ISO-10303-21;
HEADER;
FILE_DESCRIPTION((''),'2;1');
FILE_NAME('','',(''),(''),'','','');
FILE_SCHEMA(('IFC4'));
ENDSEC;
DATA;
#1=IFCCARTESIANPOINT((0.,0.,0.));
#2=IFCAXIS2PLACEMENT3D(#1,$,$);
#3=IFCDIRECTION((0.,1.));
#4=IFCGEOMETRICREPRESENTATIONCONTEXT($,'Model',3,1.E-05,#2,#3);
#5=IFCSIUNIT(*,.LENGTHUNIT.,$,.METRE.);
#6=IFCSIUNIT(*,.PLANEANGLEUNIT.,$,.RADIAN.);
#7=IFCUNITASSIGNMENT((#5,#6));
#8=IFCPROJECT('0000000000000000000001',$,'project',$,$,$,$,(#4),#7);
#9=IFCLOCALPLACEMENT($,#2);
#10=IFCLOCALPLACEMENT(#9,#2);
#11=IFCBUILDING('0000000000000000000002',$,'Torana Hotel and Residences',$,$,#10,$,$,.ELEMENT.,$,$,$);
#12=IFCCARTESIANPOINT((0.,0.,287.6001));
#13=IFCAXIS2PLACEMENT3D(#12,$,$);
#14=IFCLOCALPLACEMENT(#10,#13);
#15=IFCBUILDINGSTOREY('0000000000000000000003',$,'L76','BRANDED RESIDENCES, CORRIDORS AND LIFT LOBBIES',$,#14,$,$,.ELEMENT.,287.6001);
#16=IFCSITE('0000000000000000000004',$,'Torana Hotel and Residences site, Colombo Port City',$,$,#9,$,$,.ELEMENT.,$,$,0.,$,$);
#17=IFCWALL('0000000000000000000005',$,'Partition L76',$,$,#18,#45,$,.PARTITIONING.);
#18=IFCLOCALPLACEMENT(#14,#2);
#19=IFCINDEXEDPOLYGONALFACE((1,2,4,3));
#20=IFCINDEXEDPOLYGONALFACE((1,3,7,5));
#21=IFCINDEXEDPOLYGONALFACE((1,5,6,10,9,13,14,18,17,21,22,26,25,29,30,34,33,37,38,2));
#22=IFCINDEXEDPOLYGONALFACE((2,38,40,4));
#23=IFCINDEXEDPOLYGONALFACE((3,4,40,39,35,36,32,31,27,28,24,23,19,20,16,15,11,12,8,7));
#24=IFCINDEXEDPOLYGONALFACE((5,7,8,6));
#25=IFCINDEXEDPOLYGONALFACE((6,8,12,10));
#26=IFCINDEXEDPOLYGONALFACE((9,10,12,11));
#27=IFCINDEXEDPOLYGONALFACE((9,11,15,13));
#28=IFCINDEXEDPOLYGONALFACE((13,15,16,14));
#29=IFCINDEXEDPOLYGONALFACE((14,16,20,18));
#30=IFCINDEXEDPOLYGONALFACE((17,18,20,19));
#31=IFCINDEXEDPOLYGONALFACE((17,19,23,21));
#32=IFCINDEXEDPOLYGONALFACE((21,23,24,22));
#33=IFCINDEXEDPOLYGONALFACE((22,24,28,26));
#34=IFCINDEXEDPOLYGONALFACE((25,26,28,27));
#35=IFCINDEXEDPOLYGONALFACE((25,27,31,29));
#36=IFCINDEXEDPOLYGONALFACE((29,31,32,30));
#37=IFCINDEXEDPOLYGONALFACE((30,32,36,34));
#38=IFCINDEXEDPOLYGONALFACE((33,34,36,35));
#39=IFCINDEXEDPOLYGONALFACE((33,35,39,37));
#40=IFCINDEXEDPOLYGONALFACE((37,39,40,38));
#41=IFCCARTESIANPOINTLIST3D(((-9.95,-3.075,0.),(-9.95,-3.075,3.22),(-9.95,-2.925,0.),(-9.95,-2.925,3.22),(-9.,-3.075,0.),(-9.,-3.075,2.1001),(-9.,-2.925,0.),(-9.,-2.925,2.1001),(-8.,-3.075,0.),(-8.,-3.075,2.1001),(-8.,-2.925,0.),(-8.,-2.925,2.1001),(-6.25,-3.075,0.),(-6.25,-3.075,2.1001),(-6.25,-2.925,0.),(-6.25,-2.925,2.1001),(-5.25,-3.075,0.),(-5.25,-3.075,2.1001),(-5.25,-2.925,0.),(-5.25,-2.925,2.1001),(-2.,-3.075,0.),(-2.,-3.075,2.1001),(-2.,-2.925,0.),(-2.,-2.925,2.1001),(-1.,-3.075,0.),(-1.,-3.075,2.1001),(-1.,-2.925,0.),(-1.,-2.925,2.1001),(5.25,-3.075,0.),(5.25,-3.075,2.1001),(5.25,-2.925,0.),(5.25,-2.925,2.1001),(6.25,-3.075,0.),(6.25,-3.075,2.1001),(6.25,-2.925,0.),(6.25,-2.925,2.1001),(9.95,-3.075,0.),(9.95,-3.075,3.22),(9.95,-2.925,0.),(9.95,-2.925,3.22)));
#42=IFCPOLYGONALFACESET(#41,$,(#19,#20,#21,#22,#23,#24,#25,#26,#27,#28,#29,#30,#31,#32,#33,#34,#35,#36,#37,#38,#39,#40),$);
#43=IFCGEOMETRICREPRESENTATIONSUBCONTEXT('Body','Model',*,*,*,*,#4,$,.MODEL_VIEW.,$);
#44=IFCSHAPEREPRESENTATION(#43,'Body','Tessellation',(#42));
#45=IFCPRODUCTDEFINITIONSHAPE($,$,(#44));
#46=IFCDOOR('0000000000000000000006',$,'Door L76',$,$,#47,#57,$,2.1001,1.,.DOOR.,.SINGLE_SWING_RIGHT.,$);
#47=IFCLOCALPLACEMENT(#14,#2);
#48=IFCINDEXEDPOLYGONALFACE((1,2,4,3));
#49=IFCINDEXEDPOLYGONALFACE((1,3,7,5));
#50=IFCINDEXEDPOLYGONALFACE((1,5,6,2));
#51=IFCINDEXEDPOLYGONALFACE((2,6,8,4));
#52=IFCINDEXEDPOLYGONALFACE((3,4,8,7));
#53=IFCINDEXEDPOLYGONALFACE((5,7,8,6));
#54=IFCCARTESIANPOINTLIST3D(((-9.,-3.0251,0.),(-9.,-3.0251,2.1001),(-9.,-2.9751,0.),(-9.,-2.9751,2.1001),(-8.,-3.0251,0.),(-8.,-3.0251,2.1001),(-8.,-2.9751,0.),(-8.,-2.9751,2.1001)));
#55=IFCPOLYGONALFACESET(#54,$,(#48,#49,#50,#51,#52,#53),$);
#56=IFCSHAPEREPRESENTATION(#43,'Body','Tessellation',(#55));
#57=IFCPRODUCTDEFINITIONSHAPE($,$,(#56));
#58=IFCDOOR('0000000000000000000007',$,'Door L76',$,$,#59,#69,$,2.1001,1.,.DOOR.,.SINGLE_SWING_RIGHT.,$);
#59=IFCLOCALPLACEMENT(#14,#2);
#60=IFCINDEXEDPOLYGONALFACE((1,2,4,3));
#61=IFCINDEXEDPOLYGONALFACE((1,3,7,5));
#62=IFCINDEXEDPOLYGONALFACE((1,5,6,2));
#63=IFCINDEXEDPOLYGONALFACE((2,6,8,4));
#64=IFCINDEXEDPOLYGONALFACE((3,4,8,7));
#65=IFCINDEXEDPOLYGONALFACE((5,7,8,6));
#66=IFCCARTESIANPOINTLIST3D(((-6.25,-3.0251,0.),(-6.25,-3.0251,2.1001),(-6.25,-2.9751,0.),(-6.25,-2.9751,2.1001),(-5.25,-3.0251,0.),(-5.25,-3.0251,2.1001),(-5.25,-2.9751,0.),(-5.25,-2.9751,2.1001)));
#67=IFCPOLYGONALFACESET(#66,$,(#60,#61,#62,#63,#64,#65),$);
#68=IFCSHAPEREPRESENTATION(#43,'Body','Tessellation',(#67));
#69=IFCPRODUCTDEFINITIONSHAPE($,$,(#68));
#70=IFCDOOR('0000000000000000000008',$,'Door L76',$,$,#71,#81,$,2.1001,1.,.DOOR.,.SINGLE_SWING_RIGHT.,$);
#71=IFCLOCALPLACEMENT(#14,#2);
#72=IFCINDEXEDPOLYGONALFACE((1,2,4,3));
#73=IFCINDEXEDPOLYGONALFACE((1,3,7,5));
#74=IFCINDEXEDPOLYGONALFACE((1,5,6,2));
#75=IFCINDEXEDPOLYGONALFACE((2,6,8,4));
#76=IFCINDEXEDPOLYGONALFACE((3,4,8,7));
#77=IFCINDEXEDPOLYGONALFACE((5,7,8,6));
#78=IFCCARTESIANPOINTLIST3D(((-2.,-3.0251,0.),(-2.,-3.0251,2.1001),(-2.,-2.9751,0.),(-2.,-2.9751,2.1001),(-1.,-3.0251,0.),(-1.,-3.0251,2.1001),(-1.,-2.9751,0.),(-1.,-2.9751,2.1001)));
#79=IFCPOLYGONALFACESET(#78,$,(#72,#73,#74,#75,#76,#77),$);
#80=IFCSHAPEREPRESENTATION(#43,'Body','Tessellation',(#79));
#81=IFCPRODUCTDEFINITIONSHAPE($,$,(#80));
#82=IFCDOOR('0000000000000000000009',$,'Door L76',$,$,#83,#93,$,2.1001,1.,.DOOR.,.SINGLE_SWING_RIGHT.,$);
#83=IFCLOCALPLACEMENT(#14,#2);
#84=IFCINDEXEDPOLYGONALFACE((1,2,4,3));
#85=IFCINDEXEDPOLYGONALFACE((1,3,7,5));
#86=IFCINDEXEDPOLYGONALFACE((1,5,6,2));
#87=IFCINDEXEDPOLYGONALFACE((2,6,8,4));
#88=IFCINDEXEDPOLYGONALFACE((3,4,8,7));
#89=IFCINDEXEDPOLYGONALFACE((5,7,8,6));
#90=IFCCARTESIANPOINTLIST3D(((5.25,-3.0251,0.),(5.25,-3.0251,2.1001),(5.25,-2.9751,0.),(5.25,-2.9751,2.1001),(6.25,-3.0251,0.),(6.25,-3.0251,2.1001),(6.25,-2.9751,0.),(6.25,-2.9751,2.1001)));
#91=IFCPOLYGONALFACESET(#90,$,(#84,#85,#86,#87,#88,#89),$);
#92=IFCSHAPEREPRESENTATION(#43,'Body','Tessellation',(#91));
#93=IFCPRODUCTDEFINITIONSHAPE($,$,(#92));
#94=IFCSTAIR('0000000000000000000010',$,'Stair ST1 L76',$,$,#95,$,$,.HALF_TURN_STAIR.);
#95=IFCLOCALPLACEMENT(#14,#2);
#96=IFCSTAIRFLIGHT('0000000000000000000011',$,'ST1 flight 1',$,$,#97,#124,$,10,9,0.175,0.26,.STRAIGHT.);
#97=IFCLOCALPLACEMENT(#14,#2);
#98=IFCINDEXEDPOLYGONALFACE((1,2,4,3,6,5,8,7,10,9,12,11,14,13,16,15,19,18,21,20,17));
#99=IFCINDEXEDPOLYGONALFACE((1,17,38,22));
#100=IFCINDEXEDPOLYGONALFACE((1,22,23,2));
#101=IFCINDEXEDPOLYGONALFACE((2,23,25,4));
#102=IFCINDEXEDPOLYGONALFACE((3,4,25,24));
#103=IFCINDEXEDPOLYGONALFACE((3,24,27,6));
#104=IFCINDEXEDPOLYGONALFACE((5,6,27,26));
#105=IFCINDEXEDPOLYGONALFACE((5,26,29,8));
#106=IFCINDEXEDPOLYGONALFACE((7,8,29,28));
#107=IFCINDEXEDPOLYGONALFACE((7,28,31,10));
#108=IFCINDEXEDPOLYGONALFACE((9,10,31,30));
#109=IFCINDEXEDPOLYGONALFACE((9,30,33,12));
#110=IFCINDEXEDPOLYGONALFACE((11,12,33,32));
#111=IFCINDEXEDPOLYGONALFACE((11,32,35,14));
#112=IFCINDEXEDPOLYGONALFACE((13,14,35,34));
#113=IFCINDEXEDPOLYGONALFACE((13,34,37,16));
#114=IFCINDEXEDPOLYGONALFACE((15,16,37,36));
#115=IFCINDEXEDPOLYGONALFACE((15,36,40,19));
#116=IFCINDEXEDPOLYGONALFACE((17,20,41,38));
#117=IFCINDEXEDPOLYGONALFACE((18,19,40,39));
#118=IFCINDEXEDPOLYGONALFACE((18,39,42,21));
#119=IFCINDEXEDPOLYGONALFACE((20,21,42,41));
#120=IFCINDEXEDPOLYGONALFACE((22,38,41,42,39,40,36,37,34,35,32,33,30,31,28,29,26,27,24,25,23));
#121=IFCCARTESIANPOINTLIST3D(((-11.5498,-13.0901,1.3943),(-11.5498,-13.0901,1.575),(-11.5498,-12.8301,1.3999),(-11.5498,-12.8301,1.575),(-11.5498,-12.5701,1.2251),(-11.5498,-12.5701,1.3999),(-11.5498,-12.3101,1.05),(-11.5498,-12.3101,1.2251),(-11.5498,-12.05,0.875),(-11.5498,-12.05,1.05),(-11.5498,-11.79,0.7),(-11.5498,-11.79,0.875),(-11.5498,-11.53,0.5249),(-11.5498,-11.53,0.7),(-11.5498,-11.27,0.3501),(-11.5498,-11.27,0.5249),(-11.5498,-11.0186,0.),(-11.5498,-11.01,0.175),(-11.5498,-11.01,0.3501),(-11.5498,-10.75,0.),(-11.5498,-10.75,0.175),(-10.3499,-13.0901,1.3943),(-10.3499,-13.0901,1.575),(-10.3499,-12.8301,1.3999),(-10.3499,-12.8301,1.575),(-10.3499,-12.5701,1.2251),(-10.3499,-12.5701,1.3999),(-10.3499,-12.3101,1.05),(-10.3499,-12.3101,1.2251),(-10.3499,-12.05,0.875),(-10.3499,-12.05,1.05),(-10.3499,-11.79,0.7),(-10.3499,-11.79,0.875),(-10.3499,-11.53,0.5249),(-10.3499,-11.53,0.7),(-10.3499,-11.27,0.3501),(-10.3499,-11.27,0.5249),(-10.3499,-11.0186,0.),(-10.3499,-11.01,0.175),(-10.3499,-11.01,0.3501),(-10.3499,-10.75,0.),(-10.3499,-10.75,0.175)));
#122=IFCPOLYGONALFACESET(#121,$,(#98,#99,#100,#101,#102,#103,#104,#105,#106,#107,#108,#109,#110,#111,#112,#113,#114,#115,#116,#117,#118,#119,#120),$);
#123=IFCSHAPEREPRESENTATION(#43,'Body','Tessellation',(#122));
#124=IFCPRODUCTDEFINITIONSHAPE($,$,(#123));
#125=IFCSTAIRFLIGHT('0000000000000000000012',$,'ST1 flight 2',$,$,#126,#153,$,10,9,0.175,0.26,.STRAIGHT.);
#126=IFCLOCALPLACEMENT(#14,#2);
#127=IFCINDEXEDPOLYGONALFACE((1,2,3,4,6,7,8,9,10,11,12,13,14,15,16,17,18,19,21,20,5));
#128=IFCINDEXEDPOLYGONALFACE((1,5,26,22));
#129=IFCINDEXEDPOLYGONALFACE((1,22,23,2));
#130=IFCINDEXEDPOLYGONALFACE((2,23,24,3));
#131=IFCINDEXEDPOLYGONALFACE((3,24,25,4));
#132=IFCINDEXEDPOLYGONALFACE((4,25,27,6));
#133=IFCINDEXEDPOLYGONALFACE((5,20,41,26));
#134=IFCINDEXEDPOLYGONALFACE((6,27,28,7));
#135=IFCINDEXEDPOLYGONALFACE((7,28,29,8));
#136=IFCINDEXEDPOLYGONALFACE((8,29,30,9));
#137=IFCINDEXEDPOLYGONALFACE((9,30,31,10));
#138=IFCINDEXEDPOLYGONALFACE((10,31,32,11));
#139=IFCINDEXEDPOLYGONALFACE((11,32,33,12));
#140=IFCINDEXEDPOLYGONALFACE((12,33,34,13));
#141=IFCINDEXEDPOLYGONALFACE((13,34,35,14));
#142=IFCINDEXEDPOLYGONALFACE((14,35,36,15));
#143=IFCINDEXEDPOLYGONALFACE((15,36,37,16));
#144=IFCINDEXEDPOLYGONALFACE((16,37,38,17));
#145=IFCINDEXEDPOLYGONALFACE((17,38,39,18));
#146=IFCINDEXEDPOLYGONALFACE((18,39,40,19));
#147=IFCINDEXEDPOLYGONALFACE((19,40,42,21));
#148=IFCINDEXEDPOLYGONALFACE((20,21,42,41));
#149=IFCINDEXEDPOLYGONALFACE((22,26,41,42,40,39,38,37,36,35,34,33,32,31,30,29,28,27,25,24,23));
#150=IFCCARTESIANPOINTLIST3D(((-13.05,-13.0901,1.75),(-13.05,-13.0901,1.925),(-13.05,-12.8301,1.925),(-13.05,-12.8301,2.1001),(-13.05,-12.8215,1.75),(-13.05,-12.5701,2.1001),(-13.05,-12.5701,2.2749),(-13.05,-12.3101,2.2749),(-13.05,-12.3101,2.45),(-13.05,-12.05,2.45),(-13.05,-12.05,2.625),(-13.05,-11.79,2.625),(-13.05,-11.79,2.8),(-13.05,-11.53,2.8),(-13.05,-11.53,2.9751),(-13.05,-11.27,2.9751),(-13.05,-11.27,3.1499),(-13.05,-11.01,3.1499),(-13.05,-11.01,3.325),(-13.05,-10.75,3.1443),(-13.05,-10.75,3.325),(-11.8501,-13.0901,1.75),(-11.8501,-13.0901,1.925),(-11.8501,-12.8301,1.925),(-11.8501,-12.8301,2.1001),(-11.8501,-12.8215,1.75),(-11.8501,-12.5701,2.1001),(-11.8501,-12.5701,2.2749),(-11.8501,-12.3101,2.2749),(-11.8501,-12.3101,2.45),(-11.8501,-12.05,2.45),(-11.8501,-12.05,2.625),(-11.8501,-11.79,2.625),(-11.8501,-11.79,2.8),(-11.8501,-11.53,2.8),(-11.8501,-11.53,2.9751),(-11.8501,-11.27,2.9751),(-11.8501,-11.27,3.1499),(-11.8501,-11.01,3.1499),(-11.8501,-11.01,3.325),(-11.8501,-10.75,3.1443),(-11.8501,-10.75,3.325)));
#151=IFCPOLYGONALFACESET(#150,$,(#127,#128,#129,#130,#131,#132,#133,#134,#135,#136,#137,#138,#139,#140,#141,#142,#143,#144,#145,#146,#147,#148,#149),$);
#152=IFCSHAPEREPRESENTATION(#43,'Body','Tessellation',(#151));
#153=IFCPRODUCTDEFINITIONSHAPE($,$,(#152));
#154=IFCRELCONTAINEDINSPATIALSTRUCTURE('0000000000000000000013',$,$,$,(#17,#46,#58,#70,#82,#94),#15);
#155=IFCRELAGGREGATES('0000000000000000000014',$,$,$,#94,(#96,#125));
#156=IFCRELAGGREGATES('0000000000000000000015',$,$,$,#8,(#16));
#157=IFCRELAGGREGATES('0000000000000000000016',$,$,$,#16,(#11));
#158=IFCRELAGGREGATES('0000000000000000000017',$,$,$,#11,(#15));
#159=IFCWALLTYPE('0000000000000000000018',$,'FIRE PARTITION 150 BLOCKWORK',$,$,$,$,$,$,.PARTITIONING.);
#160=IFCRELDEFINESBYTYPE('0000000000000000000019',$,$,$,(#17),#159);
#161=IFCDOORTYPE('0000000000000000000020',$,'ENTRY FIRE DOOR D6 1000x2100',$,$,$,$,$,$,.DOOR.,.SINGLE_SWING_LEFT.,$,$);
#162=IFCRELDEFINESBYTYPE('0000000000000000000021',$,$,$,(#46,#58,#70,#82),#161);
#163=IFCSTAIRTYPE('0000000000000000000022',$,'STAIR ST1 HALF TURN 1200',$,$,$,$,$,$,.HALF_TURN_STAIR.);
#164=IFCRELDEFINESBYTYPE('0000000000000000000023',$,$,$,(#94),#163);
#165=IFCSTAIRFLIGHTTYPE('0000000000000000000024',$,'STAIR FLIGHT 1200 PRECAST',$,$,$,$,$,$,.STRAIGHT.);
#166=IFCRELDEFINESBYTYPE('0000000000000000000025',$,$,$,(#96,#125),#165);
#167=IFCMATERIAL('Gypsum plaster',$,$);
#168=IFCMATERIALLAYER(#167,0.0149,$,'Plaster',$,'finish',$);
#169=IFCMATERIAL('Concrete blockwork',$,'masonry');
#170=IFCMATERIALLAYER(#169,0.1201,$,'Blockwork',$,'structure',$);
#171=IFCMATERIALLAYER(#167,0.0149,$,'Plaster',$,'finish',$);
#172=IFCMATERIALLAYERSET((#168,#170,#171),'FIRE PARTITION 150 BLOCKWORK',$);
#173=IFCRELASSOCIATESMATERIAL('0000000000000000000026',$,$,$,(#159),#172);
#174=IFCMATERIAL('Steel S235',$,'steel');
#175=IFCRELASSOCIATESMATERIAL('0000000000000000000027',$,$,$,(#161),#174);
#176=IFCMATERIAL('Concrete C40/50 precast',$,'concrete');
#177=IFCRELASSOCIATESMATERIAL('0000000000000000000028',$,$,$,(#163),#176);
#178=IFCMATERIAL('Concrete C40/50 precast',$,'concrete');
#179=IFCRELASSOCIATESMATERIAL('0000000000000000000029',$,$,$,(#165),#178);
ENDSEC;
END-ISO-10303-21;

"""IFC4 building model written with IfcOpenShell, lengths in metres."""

from ifc_helpers import new_model, si_unit, direction, frame, frame_2d, origin, place, context, subcontext, project, spatial, polyline, rectangle, outline, extrude, material, layer, layer_set, type_object, element, fill, aggregate, save


model = new_model("IFC4")

# Units and contexts
model_context = context("Model", 3, precision=1e-05, world=origin(), true_north=direction((0.0, 1.0)))
body_context = subcontext(model_context, "Body", "Model", "MODEL_VIEW")
ifc_project = project(units=[si_unit("LENGTHUNIT", "METRE"), si_unit("PLANEANGLEUNIT", "RADIAN")], contexts=[model_context])

# Site, building, storey
site_placement = place(None, origin())
site = spatial("IfcSite", under=ifc_project, at=site_placement, Name="Torana Hotel and Residences site, Colombo Port City", CompositionType="ELEMENT", RefElevation=0.0)
building_placement = place(site_placement, origin())
building = spatial("IfcBuilding", under=site, at=building_placement, Name="Torana Hotel and Residences", CompositionType="ELEMENT")
storey_placement = place(building_placement, frame((0.0, 0.0, 287.6001)))
storey = spatial("IfcBuildingStorey", under=building, at=storey_placement, Name="L76", Description="BRANDED RESIDENCES, CORRIDORS AND LIFT LOBBIES", CompositionType="ELEMENT", Elevation=287.6001)

# Shared definitions
ifc_material_1 = material(Name="Gypsum plaster")
ifc_layer_1 = layer(ifc_material_1, 0.0149, Name="Plaster", Category="finish")
ifc_material_2 = material(Name="Concrete blockwork", Category="masonry")
ifc_layer_2 = layer(ifc_material_2, 0.1201, Name="Blockwork", Category="structure")
ifc_layer_3 = layer(ifc_material_1, 0.0149, Name="Plaster", Category="finish")
ifc_layer_set_1 = layer_set([ifc_layer_1, ifc_layer_2, ifc_layer_3], Name="FIRE PARTITION 150 BLOCKWORK")
wall_type_1 = type_object("IfcWallType", Name="FIRE PARTITION 150 BLOCKWORK", PredefinedType="PARTITIONING", material=ifc_layer_set_1)

# Wall, openings, doors
ifc_material_3 = material(Name="Steel S235", Category="steel")
door_type_1 = type_object("IfcDoorType", Name="ENTRY FIRE DOOR D6 1000x2100", OperationType="SINGLE_SWING_LEFT", PredefinedType="DOOR", material=ifc_material_3)
wall_1_placement = place(storey_placement, frame((-9.95, -3.0, 0.0), z_axis=(0.0, 0.0, 1.0), x_axis=(1.0, 0.0, 0.0)))
wall_1 = element("IfcWall", 1, at=wall_1_placement, inside=storey, type_object=wall_type_1, Name="Partition L76", PredefinedType="PARTITIONING", context=body_context, shape_type="SweptSolid", body=[
    extrude(rectangle(XDim=19.8999, YDim=0.1499, at=frame_2d((9.95, 0.0))), origin(), (0.0, 0.0, 1.0), 3.22),
])
opening_1_placement = place(wall_1_placement, frame((0.95, 0.0, 0.0)))
opening_1 = element("IfcOpeningElement", 2, at=opening_1_placement, cuts=wall_1, PredefinedType="OPENING", context=body_context, shape_type="SweptSolid", body=[
    extrude(rectangle(XDim=1.0, YDim=2.1001, at=frame_2d((0.5, 1.05))), frame((0.0, 0.085, 0.0), z_axis=(0.0, -1.0, 0.0), x_axis=(1.0, 0.0, 0.0)), (0.0, 0.0, 1.0), 0.1699),
])
opening_2_placement = place(wall_1_placement, frame((3.7, 0.0, 0.0)))
opening_2 = element("IfcOpeningElement", 3, at=opening_2_placement, cuts=wall_1, PredefinedType="OPENING", context=body_context, shape_type="SweptSolid", body=[
    extrude(rectangle(XDim=1.0, YDim=2.1001, at=frame_2d((0.5, 1.05))), frame((0.0, 0.085, 0.0), z_axis=(0.0, -1.0, 0.0), x_axis=(1.0, 0.0, 0.0)), (0.0, 0.0, 1.0), 0.1699),
])
opening_3_placement = place(wall_1_placement, frame((7.95, 0.0, 0.0)))
opening_3 = element("IfcOpeningElement", 4, at=opening_3_placement, cuts=wall_1, PredefinedType="OPENING", context=body_context, shape_type="SweptSolid", body=[
    extrude(rectangle(XDim=1.0, YDim=2.1001, at=frame_2d((0.5, 1.05))), frame((0.0, 0.085, 0.0), z_axis=(0.0, -1.0, 0.0), x_axis=(1.0, 0.0, 0.0)), (0.0, 0.0, 1.0), 0.1699),
])
opening_4_placement = place(wall_1_placement, frame((15.2, 0.0, 0.0)))
opening_4 = element("IfcOpeningElement", 5, at=opening_4_placement, cuts=wall_1, PredefinedType="OPENING", context=body_context, shape_type="SweptSolid", body=[
    extrude(rectangle(XDim=1.0, YDim=2.1001, at=frame_2d((0.5, 1.05))), frame((0.0, 0.085, 0.0), z_axis=(0.0, -1.0, 0.0), x_axis=(1.0, 0.0, 0.0)), (0.0, 0.0, 1.0), 0.1699),
])
door_1_placement = place(opening_1_placement, origin())
door_1 = element("IfcDoor", 6, at=door_1_placement, inside=storey, type_object=door_type_1, Name="Door L76", OperationType="SINGLE_SWING_RIGHT", OverallHeight=2.1001, OverallWidth=1.0, PredefinedType="DOOR", context=body_context, shape_type="SweptSolid", body=[
    extrude(rectangle(XDim=1.0, YDim=2.1001, at=frame_2d((0.5, 1.05))), frame((0.0, 0.0249, 0.0), z_axis=(0.0, -1.0, 0.0), x_axis=(1.0, 0.0, 0.0)), (0.0, 0.0, 1.0), 0.05),
])
fill(opening_1, door_1)
door_2_placement = place(opening_2_placement, origin())
door_2 = element("IfcDoor", 7, at=door_2_placement, inside=storey, type_object=door_type_1, Name="Door L76", OperationType="SINGLE_SWING_RIGHT", OverallHeight=2.1001, OverallWidth=1.0, PredefinedType="DOOR", context=body_context, shape_type="SweptSolid", body=[
    extrude(rectangle(XDim=1.0, YDim=2.1001, at=frame_2d((0.5, 1.05))), frame((0.0, 0.0249, 0.0), z_axis=(0.0, -1.0, 0.0), x_axis=(1.0, 0.0, 0.0)), (0.0, 0.0, 1.0), 0.05),
])
fill(opening_2, door_2)
door_3_placement = place(opening_3_placement, origin())
door_3 = element("IfcDoor", 8, at=door_3_placement, inside=storey, type_object=door_type_1, Name="Door L76", OperationType="SINGLE_SWING_RIGHT", OverallHeight=2.1001, OverallWidth=1.0, PredefinedType="DOOR", context=body_context, shape_type="SweptSolid", body=[
    extrude(rectangle(XDim=1.0, YDim=2.1001, at=frame_2d((0.5, 1.05))), frame((0.0, 0.0249, 0.0), z_axis=(0.0, -1.0, 0.0), x_axis=(1.0, 0.0, 0.0)), (0.0, 0.0, 1.0), 0.05),
])
fill(opening_3, door_3)
door_4_placement = place(opening_4_placement, origin())
door_4 = element("IfcDoor", 9, at=door_4_placement, inside=storey, type_object=door_type_1, Name="Door L76", OperationType="SINGLE_SWING_RIGHT", OverallHeight=2.1001, OverallWidth=1.0, PredefinedType="DOOR", context=body_context, shape_type="SweptSolid", body=[
    extrude(rectangle(XDim=1.0, YDim=2.1001, at=frame_2d((0.5, 1.05))), frame((0.0, 0.0249, 0.0), z_axis=(0.0, -1.0, 0.0), x_axis=(1.0, 0.0, 0.0)), (0.0, 0.0, 1.0), 0.05),
])
fill(opening_4, door_4)

# Stair, stair flights
ifc_material_4 = material(Name="Concrete C40/50 precast", Category="concrete")
stair_type = type_object("IfcStairType", Name="STAIR ST1 HALF TURN 1200", PredefinedType="HALF_TURN_STAIR", material=ifc_material_4)
stair_placement = place(storey_placement, origin())
stair = element("IfcStair", 10, at=stair_placement, inside=storey, type_object=stair_type, Name="Stair ST1 L76", PredefinedType="HALF_TURN_STAIR")
ifc_material_5 = material(Name="Concrete C40/50 precast", Category="concrete")
stair_flight_type = type_object("IfcStairFlightType", Name="STAIR FLIGHT 1200 PRECAST", PredefinedType="STRAIGHT", material=ifc_material_5)
stair_flight_1_placement = place(storey_placement, frame((-10.95, -10.75, 0.0), z_axis=(0.0, 0.0, 1.0), x_axis=(0.0, -1.0, 0.0)))
stair_flight_1 = element("IfcStairFlight", 11, at=stair_flight_1_placement, type_object=stair_flight_type, Name="ST1 flight 1", NumberOfRisers=10, NumberOfTreads=9, PredefinedType="STRAIGHT", RiserHeight=0.175, TreadLength=0.26, context=body_context, shape_type="SweptSolid", body=[
    extrude(outline(polyline([(0.0, 0.0), (0.0, 0.175), (0.26, 0.175), (0.26, 0.3501), (0.52, 0.3501), (0.52, 0.5249), (0.78, 0.5249), (0.78, 0.7), (1.04, 0.7), (1.04, 0.875), (1.3, 0.875), (1.3, 1.05), (1.5601, 1.05), (1.5601, 1.2251), (1.8201, 1.2251), (1.8201, 1.3999), (2.0801, 1.3999), (2.0801, 1.575), (2.3401, 1.575), (2.3401, 1.75), (2.3401, 1.3943), (0.2686, 0.0), (0.0, 0.0)])), frame((0.0, 0.6001, 0.0), z_axis=(0.0, -1.0, 0.0), x_axis=(1.0, 0.0, 0.0)), (0.0, 0.0, 1.0), 1.2),
])
stair_flight_2_placement = place(storey_placement, frame((-12.45, -13.0901, 1.75), z_axis=(0.0, 0.0, 1.0), x_axis=(0.0, 1.0, 0.0)))
stair_flight_2 = element("IfcStairFlight", 12, at=stair_flight_2_placement, type_object=stair_flight_type, Name="ST1 flight 2", NumberOfRisers=10, NumberOfTreads=9, PredefinedType="STRAIGHT", RiserHeight=0.175, TreadLength=0.26, context=body_context, shape_type="SweptSolid", body=[
    extrude(outline(polyline([(0.0, 0.0), (0.0, 0.175), (0.26, 0.175), (0.26, 0.3501), (0.52, 0.3501), (0.52, 0.5249), (0.78, 0.5249), (0.78, 0.7), (1.04, 0.7), (1.04, 0.875), (1.3, 0.875), (1.3, 1.05), (1.5601, 1.05), (1.5601, 1.2251), (1.8201, 1.2251), (1.8201, 1.3999), (2.0801, 1.3999), (2.0801, 1.575), (2.3401, 1.575), (2.3401, 1.75), (2.3401, 1.3943), (0.2686, 0.0), (0.0, 0.0)])), frame((0.0, 0.6001, 0.0), z_axis=(0.0, -1.0, 0.0), x_axis=(1.0, 0.0, 0.0)), (0.0, 0.0, 1.0), 1.2),
])
aggregate(stair, [stair_flight_1, stair_flight_2])

save(model, "model.ifc")
